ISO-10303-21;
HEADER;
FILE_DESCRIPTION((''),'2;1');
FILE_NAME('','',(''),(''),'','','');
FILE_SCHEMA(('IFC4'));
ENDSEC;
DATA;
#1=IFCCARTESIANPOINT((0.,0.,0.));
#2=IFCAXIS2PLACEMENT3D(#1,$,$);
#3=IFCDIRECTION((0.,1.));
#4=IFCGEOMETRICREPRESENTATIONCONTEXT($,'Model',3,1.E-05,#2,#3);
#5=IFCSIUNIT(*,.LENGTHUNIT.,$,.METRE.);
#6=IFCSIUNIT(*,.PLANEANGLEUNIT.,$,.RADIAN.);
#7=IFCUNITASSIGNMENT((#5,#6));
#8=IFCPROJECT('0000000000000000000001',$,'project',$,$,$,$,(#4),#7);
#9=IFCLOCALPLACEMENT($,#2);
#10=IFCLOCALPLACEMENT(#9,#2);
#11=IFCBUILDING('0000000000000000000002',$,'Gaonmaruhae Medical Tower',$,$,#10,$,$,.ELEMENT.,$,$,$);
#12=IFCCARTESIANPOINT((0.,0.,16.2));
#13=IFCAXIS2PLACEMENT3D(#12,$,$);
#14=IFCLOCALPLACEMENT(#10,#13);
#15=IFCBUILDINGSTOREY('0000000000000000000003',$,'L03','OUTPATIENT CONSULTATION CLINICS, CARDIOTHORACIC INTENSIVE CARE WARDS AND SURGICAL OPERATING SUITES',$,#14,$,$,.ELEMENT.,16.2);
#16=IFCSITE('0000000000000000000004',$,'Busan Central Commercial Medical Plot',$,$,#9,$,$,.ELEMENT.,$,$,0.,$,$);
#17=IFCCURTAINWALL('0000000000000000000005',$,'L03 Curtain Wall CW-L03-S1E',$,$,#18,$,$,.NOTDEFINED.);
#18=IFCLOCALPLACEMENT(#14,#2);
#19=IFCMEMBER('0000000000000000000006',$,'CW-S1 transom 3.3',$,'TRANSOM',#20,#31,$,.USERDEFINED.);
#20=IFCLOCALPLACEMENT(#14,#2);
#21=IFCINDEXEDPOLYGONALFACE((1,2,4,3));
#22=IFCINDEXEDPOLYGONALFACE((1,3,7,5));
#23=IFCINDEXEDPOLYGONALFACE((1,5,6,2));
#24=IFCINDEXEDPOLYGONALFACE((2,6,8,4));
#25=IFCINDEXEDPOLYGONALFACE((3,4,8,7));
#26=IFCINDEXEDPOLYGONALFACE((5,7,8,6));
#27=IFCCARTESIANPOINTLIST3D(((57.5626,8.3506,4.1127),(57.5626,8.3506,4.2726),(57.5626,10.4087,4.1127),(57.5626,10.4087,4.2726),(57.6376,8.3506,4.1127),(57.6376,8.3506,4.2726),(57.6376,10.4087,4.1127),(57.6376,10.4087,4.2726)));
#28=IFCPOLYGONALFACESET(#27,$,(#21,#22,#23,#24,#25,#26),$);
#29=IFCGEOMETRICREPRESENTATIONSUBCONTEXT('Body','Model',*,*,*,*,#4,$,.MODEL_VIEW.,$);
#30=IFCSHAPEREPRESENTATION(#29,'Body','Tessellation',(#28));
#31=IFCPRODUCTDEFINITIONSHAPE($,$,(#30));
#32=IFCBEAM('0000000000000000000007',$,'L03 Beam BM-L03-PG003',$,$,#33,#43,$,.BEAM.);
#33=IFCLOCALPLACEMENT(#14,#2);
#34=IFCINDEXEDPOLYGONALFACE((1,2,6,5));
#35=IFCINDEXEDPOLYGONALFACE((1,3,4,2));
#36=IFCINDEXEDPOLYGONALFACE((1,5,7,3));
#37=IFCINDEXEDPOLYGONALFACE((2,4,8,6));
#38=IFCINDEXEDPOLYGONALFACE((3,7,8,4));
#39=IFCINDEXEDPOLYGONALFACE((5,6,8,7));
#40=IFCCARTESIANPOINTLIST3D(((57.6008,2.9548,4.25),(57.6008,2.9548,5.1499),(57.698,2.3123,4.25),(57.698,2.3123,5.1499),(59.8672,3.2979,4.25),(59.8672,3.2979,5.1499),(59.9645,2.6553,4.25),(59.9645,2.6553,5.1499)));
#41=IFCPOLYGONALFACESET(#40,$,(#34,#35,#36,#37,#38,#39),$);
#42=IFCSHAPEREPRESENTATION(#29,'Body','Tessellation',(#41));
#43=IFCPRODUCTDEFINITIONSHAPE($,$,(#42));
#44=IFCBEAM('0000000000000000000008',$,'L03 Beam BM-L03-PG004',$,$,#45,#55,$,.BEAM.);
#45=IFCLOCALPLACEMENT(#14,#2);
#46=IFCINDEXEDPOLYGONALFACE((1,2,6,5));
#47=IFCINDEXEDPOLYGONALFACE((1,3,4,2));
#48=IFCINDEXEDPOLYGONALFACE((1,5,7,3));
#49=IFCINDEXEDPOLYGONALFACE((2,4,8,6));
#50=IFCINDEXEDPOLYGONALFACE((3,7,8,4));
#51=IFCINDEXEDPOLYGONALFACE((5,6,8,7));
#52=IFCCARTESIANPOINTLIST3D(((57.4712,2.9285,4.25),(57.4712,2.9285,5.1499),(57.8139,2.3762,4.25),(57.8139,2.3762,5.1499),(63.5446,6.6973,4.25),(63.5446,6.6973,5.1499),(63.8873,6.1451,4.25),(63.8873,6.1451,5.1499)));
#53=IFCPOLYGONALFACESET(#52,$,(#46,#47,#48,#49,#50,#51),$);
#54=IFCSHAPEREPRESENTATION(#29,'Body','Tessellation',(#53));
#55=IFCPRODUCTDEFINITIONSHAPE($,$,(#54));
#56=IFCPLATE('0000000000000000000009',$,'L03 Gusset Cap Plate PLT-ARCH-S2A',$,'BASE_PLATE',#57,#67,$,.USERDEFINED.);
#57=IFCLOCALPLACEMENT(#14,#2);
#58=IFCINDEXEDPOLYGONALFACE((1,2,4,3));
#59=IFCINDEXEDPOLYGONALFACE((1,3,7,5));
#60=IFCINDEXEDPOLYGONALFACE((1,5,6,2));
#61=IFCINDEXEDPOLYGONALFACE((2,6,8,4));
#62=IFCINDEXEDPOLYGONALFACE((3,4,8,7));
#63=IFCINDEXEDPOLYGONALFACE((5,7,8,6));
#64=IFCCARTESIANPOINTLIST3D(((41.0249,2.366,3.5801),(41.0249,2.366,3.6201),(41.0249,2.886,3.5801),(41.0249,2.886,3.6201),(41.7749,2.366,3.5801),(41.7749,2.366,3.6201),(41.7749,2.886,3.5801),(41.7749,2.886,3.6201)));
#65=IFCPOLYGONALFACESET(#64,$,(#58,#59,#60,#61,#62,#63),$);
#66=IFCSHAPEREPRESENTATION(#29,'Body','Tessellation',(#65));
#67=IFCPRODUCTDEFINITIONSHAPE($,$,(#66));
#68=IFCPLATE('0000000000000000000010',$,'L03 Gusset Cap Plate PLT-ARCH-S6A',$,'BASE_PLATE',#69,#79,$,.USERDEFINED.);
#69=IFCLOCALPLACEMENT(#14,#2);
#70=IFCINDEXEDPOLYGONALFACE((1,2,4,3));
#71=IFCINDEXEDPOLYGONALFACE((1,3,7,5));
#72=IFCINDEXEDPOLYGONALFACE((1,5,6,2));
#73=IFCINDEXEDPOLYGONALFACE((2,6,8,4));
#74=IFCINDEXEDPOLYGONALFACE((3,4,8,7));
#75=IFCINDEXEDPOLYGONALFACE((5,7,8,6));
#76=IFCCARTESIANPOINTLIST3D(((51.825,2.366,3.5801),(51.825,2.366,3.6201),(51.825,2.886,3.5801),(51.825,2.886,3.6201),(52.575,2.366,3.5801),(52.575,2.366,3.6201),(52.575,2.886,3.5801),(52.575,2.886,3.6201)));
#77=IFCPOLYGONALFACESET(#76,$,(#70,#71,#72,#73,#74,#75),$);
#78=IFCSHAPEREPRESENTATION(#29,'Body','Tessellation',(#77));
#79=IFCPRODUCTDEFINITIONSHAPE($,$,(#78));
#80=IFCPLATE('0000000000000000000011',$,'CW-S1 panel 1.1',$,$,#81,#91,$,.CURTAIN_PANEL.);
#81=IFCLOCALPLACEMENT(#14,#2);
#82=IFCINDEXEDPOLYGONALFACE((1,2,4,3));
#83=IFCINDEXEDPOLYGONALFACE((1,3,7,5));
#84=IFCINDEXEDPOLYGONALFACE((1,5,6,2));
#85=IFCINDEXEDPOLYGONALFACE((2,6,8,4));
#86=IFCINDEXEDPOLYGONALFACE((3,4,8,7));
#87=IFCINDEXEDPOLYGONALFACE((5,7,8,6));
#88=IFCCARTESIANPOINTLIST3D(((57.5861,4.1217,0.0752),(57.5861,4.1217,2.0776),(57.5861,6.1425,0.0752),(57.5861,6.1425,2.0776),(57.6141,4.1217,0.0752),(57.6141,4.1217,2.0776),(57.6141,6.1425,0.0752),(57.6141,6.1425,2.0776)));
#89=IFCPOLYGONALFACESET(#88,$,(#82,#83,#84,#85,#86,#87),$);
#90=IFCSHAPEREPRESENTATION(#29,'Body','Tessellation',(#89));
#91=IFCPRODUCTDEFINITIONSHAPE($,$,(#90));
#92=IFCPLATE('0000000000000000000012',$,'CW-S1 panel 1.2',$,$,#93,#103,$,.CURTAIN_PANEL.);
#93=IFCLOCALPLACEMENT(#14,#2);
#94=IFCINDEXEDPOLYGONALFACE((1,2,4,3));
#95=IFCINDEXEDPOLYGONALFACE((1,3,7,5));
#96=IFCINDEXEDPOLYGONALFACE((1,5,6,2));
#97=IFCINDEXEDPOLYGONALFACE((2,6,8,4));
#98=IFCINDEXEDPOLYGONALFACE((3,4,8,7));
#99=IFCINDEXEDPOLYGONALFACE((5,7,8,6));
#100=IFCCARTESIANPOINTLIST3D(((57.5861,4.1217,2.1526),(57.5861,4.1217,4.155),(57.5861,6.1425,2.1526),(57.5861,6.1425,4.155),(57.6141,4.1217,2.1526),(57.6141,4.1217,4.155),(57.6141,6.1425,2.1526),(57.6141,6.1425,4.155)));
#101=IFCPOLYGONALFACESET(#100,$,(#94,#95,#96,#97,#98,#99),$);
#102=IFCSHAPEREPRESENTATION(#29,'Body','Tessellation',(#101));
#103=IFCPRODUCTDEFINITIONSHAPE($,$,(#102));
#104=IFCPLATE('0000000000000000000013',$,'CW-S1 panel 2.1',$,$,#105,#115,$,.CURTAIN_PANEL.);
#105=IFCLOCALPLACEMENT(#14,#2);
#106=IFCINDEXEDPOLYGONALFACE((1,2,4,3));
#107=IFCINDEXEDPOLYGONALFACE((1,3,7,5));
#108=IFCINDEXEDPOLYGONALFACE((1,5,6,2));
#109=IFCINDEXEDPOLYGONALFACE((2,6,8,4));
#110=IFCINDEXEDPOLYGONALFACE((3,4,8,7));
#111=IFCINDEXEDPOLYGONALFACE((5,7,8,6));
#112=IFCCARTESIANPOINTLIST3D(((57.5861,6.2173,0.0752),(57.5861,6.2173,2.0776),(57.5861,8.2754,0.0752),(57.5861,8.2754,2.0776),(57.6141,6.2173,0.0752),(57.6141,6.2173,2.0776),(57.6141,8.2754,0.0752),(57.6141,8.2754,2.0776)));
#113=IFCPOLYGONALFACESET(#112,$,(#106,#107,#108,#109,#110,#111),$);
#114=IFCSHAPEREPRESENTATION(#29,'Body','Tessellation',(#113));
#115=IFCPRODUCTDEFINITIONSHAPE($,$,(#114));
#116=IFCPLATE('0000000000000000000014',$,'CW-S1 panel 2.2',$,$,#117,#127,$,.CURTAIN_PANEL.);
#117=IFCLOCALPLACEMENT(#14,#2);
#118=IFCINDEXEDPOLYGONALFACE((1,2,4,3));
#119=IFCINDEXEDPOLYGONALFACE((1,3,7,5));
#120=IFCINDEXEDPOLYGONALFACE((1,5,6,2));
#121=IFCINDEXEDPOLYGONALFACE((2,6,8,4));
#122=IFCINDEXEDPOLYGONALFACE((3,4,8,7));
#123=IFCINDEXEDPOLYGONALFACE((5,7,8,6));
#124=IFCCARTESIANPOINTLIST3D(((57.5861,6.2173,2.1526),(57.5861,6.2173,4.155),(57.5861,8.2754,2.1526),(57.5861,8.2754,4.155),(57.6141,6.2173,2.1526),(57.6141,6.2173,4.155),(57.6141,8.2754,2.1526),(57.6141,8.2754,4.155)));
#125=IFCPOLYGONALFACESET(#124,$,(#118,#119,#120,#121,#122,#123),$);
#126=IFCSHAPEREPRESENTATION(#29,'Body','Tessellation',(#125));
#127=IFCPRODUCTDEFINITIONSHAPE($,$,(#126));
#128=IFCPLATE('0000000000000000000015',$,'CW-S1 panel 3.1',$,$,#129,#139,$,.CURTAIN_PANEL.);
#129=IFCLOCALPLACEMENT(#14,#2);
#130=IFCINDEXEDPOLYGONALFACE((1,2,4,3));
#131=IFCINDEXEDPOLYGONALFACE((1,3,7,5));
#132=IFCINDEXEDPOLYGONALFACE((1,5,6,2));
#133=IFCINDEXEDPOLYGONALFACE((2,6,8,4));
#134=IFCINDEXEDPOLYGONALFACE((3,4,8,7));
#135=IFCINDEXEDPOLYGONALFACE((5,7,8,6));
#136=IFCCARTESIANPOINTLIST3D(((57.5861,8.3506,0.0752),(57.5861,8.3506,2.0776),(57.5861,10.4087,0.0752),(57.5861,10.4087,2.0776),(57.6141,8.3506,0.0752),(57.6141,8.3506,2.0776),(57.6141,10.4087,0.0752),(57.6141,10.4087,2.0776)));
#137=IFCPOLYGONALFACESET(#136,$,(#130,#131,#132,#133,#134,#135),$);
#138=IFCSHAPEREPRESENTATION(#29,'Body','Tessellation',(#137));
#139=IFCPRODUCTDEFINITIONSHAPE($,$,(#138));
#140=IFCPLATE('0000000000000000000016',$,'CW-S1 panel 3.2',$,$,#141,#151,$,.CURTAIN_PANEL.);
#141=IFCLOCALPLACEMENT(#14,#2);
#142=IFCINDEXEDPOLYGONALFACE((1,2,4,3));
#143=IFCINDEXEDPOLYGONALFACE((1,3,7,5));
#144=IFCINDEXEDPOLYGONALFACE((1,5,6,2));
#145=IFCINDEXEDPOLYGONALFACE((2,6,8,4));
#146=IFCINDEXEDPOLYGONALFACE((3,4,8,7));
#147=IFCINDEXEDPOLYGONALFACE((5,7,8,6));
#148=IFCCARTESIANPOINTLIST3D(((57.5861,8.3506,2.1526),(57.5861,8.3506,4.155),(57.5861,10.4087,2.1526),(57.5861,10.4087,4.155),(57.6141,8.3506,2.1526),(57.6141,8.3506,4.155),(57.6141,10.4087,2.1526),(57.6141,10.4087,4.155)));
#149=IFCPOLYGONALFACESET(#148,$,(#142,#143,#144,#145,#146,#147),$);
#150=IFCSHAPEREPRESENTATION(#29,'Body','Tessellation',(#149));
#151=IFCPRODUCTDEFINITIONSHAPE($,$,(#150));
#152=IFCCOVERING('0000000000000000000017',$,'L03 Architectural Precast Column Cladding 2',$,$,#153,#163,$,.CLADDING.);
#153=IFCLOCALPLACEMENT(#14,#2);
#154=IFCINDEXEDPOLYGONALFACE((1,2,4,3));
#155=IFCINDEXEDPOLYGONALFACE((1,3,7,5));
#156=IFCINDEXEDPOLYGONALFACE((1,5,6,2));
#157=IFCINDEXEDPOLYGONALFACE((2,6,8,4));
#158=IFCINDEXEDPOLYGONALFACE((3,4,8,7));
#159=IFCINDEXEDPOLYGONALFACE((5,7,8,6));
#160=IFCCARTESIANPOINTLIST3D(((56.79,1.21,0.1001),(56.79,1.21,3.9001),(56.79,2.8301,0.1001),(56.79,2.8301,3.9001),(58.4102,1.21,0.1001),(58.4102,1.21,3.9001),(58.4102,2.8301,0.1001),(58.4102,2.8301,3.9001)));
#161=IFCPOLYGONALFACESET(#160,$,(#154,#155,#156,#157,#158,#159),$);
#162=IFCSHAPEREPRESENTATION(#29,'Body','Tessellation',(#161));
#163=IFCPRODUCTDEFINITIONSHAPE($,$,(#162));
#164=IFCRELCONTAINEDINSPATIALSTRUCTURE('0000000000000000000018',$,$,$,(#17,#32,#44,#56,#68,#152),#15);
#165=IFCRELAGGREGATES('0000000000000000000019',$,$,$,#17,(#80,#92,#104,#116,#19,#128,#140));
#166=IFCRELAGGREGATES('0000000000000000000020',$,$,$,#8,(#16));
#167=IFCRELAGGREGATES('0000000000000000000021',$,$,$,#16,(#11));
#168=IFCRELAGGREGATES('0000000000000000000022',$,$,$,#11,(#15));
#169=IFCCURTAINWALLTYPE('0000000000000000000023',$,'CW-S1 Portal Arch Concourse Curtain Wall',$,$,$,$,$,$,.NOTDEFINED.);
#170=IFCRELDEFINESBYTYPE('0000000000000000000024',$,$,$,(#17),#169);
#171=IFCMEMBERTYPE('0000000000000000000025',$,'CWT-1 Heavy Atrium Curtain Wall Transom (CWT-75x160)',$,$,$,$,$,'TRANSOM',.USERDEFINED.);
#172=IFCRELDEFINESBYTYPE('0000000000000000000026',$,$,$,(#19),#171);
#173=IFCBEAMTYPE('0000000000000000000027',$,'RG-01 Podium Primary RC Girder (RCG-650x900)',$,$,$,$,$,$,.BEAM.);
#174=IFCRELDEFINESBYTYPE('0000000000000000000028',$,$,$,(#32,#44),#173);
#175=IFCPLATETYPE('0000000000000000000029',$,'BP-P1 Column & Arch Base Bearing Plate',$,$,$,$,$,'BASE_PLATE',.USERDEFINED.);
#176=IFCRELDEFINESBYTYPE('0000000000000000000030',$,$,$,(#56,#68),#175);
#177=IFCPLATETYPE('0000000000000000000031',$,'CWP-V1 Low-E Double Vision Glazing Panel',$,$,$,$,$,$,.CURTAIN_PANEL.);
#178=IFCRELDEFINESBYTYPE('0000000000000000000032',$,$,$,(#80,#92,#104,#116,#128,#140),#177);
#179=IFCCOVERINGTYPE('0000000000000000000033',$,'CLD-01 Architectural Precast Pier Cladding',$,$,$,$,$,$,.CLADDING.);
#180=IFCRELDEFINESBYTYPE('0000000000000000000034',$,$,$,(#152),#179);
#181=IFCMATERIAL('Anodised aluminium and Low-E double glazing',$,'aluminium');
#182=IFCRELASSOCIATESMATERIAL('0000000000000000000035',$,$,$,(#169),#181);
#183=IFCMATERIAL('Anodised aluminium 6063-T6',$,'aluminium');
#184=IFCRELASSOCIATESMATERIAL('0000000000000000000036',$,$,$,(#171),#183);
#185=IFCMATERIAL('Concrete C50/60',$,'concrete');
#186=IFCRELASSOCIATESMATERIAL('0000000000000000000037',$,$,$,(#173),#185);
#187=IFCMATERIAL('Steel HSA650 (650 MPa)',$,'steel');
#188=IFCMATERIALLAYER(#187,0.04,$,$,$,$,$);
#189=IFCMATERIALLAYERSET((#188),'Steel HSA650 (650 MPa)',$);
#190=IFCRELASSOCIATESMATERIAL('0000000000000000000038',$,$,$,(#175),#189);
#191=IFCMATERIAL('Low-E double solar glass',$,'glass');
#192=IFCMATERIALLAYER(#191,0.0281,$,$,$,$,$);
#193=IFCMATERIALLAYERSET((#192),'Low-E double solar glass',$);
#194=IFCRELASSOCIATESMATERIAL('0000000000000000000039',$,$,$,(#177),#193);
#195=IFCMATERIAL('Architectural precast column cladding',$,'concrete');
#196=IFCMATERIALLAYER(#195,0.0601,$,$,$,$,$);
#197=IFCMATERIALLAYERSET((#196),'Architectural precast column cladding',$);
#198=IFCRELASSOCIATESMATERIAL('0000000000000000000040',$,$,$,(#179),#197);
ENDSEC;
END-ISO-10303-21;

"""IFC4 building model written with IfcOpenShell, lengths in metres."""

from ifc_helpers import new_model, si_unit, direction, frame, origin, origin_2d, place, context, subcontext, project, spatial, rectangle, extrude, material, layer, layer_set, material_profile, profile_set, type_object, element, aggregate, save


model = new_model("IFC4")

# Units and contexts
model_context = context("Model", 3, precision=1e-05, world=origin(), true_north=direction((0.0, 1.0)))
body_context = subcontext(model_context, "Body", "Model", "MODEL_VIEW")
ifc_project = project(units=[si_unit("LENGTHUNIT", "METRE"), si_unit("PLANEANGLEUNIT", "RADIAN")], contexts=[model_context])

# Site, building, storey
site_placement = place(None, origin())
site = spatial("IfcSite", under=ifc_project, at=site_placement, Name="Busan Central Commercial Medical Plot", CompositionType="ELEMENT", RefElevation=0.0)
building_placement = place(site_placement, origin())
building = spatial("IfcBuilding", under=site, at=building_placement, Name="Gaonmaruhae Medical Tower", CompositionType="ELEMENT")
storey_placement = place(building_placement, frame((0.0, 0.0, 16.2)))
storey = spatial("IfcBuildingStorey", under=building, at=storey_placement, Name="L03", Description="OUTPATIENT CONSULTATION CLINICS, CARDIOTHORACIC INTENSIVE CARE WARDS AND SURGICAL OPERATING SUITES", CompositionType="ELEMENT", Elevation=16.2)

# Curtain wall, member
ifc_material_1 = material(Name="Anodised aluminium and Low-E double glazing", Category="aluminium")
curtain_wall_type = type_object("IfcCurtainWallType", Name="CW-S1 Portal Arch Concourse Curtain Wall", PredefinedType="NOTDEFINED", material=ifc_material_1)
curtain_wall_placement = place(storey_placement, origin())
curtain_wall = element("IfcCurtainWall", 1, at=curtain_wall_placement, inside=storey, type_object=curtain_wall_type, Name="L03 Curtain Wall CW-L03-S1E", PredefinedType="NOTDEFINED")
ifc_material_2 = material(Name="Anodised aluminium 6063-T6", Category="aluminium")
ifc_material_profile_1 = material_profile(ifc_material_2, rectangle(XDim=0.075, YDim=0.1599, at=origin_2d()), Name="CWT-75x160")
ifc_profile_set_1 = profile_set([ifc_material_profile_1], Name="Anodised aluminium 6063-T6")
member_type_1 = type_object("IfcMemberType", Name="CWT-1 Heavy Atrium Curtain Wall Transom (CWT-75x160)", ElementType="TRANSOM", PredefinedType="USERDEFINED", material=ifc_profile_set_1)
member_1_placement = place(storey_placement, frame((57.6001, 8.3506, 4.1926), z_axis=(0.0, 1.0, 0.0), x_axis=(-1.0, 0.0, 0.0)))
member_1 = element("IfcMember", 2, at=member_1_placement, type_object=member_type_1, Name="CW-S1 transom 3.3", ObjectType="TRANSOM", PredefinedType="USERDEFINED", context=body_context, shape_type="SweptSolid", body=[
    extrude(rectangle(XDim=0.075, YDim=0.1599, at=origin_2d()), origin(), (0.0, 0.0, 1.0), 2.0581),
])

# Beams
ifc_material_3 = material(Name="Concrete C50/60", Category="concrete")
ifc_material_profile_2 = material_profile(ifc_material_3, rectangle(XDim=0.6499, YDim=0.8999, at=origin_2d()), Name="RCG-650x900")
ifc_profile_set_2 = profile_set([ifc_material_profile_2], Name="Concrete C50/60")
beam_type_1 = type_object("IfcBeamType", Name="RG-01 Podium Primary RC Girder (RCG-650x900)", PredefinedType="BEAM", material=ifc_profile_set_2)
beam_1_placement = place(storey_placement, frame((57.6494, 2.6335, 4.7), z_axis=(0.988739, 0.149648, 0.0), x_axis=(-0.149648, 0.988739, 0.0)))
element("IfcBeam", 3, at=beam_1_placement, inside=storey, type_object=beam_type_1, Name="L03 Beam BM-L03-PG003", PredefinedType="BEAM", context=body_context, shape_type="SweptSolid", body=[
    extrude(rectangle(XDim=0.6499, YDim=0.8999, at=origin_2d()), origin(), (0.0, 0.0, 1.0), 2.2922),
])
beam_2_placement = place(storey_placement, frame((57.6426, 2.6523, 4.7), z_axis=(0.84969, 0.527282, 0.0), x_axis=(-0.527282, 0.84969, 0.0)))
element("IfcBeam", 4, at=beam_2_placement, inside=storey, type_object=beam_type_1, Name="L03 Beam BM-L03-PG004", PredefinedType="BEAM", context=body_context, shape_type="SweptSolid", body=[
    extrude(rectangle(XDim=0.6499, YDim=0.8999, at=origin_2d()), origin(), (0.0, 0.0, 1.0), 7.1477),
])

# Plates
ifc_material_4 = material(Name="Steel HSA650 (650 MPa)", Category="steel")
ifc_layer_1 = layer(ifc_material_4, 0.04)
ifc_layer_set_1 = layer_set([ifc_layer_1], Name="Steel HSA650 (650 MPa)")
plate_type_1 = type_object("IfcPlateType", Name="BP-P1 Column & Arch Base Bearing Plate", ElementType="BASE_PLATE", PredefinedType="USERDEFINED", material=ifc_layer_set_1)
for number, where, z_axis, x_axis, name in (
    (5, (41.3999, 2.626, 3.5801), (0.0, 0.0, 1.0), (1.0, 0.0, 0.0), "L03 Gusset Cap Plate PLT-ARCH-S2A"),
    (6, (52.2, 2.626, 3.5801), (0.0, 0.0, 1.0), (1.0, 0.0, 0.0), "L03 Gusset Cap Plate PLT-ARCH-S6A"),
):
    element("IfcPlate", number, at=place(storey_placement, frame(where, z_axis=z_axis, x_axis=x_axis)), inside=storey, type_object=plate_type_1, Name=name, ObjectType="BASE_PLATE", PredefinedType="USERDEFINED", context=body_context, shape_type="SweptSolid", body=[
        extrude(rectangle(XDim=0.75, YDim=0.52, at=origin_2d()), origin(), (0.0, 0.0, 1.0), 0.04),
    ])

# Plates
ifc_material_5 = material(Name="Low-E double solar glass", Category="glass")
ifc_layer_2 = layer(ifc_material_5, 0.0281)
ifc_layer_set_2 = layer_set([ifc_layer_2], Name="Low-E double solar glass")
plate_type_2 = type_object("IfcPlateType", Name="CWP-V1 Low-E Double Vision Glazing Panel", PredefinedType="CURTAIN_PANEL", material=ifc_layer_set_2)
plate_1_placement = place(storey_placement, frame((57.6001, 5.1321, 0.0752), z_axis=(0.0, 0.0, 1.0), x_axis=(0.0, 1.0, 0.0)))
plate_1 = element("IfcPlate", 7, at=plate_1_placement, type_object=plate_type_2, Name="CW-S1 panel 1.1", PredefinedType="CURTAIN_PANEL", context=body_context, shape_type="SweptSolid", body=[
    extrude(rectangle(XDim=2.0208, YDim=0.0281, at=origin_2d()), origin(), (0.0, 0.0, 1.0), 2.0024),
])
plate_2_placement = place(storey_placement, frame((57.6001, 5.1321, 2.1526), z_axis=(0.0, 0.0, 1.0), x_axis=(0.0, 1.0, 0.0)))
plate_2 = element("IfcPlate", 8, at=plate_2_placement, type_object=plate_type_2, Name="CW-S1 panel 1.2", PredefinedType="CURTAIN_PANEL", context=body_context, shape_type="SweptSolid", body=[
    extrude(rectangle(XDim=2.0208, YDim=0.0281, at=origin_2d()), origin(), (0.0, 0.0, 1.0), 2.0024),
])
plate_3_placement = place(storey_placement, frame((57.6001, 7.2463, 0.0752), z_axis=(0.0, 0.0, 1.0), x_axis=(0.0, 1.0, 0.0)))
plate_3 = element("IfcPlate", 9, at=plate_3_placement, type_object=plate_type_2, Name="CW-S1 panel 2.1", PredefinedType="CURTAIN_PANEL", context=body_context, shape_type="SweptSolid", body=[
    extrude(rectangle(XDim=2.0581, YDim=0.0281, at=origin_2d()), origin(), (0.0, 0.0, 1.0), 2.0024),
])
plate_4_placement = place(storey_placement, frame((57.6001, 7.2463, 2.1526), z_axis=(0.0, 0.0, 1.0), x_axis=(0.0, 1.0, 0.0)))
plate_4 = element("IfcPlate", 10, at=plate_4_placement, type_object=plate_type_2, Name="CW-S1 panel 2.2", PredefinedType="CURTAIN_PANEL", context=body_context, shape_type="SweptSolid", body=[
    extrude(rectangle(XDim=2.0581, YDim=0.0281, at=origin_2d()), origin(), (0.0, 0.0, 1.0), 2.0024),
])
plate_5_placement = place(storey_placement, frame((57.6001, 9.3796, 0.0752), z_axis=(0.0, 0.0, 1.0), x_axis=(0.0, 1.0, 0.0)))
plate_5 = element("IfcPlate", 11, at=plate_5_placement, type_object=plate_type_2, Name="CW-S1 panel 3.1", PredefinedType="CURTAIN_PANEL", context=body_context, shape_type="SweptSolid", body=[
    extrude(rectangle(XDim=2.0581, YDim=0.0281, at=origin_2d()), origin(), (0.0, 0.0, 1.0), 2.0024),
])
plate_6_placement = place(storey_placement, frame((57.6001, 9.3796, 2.1526), z_axis=(0.0, 0.0, 1.0), x_axis=(0.0, 1.0, 0.0)))
plate_6 = element("IfcPlate", 12, at=plate_6_placement, type_object=plate_type_2, Name="CW-S1 panel 3.2", PredefinedType="CURTAIN_PANEL", context=body_context, shape_type="SweptSolid", body=[
    extrude(rectangle(XDim=2.0581, YDim=0.0281, at=origin_2d()), origin(), (0.0, 0.0, 1.0), 2.0024),
])
aggregate(curtain_wall, [plate_1, plate_2, plate_3, plate_4, member_1, plate_5, plate_6])

# Covering
ifc_material_6 = material(Name="Architectural precast column cladding", Category="concrete")
ifc_layer_3 = layer(ifc_material_6, 0.0601)
ifc_layer_set_3 = layer_set([ifc_layer_3], Name="Architectural precast column cladding")
covering_type = type_object("IfcCoveringType", Name="CLD-01 Architectural Precast Pier Cladding", PredefinedType="CLADDING", material=ifc_layer_set_3)
covering_placement = place(storey_placement, frame((57.6001, 2.02, 0.1001), z_axis=(0.0, 0.0, 1.0), x_axis=(1.0, 0.0, 0.0)))
element("IfcCovering", 13, at=covering_placement, inside=storey, type_object=covering_type, Name="L03 Architectural Precast Column Cladding 2", PredefinedType="CLADDING", context=body_context, shape_type="SweptSolid", body=[
    extrude(rectangle(XDim=1.6201, YDim=1.6201, at=origin_2d()), origin(), (0.0, 0.0, 1.0), 3.8),
])

save(model, "model.ifc")
